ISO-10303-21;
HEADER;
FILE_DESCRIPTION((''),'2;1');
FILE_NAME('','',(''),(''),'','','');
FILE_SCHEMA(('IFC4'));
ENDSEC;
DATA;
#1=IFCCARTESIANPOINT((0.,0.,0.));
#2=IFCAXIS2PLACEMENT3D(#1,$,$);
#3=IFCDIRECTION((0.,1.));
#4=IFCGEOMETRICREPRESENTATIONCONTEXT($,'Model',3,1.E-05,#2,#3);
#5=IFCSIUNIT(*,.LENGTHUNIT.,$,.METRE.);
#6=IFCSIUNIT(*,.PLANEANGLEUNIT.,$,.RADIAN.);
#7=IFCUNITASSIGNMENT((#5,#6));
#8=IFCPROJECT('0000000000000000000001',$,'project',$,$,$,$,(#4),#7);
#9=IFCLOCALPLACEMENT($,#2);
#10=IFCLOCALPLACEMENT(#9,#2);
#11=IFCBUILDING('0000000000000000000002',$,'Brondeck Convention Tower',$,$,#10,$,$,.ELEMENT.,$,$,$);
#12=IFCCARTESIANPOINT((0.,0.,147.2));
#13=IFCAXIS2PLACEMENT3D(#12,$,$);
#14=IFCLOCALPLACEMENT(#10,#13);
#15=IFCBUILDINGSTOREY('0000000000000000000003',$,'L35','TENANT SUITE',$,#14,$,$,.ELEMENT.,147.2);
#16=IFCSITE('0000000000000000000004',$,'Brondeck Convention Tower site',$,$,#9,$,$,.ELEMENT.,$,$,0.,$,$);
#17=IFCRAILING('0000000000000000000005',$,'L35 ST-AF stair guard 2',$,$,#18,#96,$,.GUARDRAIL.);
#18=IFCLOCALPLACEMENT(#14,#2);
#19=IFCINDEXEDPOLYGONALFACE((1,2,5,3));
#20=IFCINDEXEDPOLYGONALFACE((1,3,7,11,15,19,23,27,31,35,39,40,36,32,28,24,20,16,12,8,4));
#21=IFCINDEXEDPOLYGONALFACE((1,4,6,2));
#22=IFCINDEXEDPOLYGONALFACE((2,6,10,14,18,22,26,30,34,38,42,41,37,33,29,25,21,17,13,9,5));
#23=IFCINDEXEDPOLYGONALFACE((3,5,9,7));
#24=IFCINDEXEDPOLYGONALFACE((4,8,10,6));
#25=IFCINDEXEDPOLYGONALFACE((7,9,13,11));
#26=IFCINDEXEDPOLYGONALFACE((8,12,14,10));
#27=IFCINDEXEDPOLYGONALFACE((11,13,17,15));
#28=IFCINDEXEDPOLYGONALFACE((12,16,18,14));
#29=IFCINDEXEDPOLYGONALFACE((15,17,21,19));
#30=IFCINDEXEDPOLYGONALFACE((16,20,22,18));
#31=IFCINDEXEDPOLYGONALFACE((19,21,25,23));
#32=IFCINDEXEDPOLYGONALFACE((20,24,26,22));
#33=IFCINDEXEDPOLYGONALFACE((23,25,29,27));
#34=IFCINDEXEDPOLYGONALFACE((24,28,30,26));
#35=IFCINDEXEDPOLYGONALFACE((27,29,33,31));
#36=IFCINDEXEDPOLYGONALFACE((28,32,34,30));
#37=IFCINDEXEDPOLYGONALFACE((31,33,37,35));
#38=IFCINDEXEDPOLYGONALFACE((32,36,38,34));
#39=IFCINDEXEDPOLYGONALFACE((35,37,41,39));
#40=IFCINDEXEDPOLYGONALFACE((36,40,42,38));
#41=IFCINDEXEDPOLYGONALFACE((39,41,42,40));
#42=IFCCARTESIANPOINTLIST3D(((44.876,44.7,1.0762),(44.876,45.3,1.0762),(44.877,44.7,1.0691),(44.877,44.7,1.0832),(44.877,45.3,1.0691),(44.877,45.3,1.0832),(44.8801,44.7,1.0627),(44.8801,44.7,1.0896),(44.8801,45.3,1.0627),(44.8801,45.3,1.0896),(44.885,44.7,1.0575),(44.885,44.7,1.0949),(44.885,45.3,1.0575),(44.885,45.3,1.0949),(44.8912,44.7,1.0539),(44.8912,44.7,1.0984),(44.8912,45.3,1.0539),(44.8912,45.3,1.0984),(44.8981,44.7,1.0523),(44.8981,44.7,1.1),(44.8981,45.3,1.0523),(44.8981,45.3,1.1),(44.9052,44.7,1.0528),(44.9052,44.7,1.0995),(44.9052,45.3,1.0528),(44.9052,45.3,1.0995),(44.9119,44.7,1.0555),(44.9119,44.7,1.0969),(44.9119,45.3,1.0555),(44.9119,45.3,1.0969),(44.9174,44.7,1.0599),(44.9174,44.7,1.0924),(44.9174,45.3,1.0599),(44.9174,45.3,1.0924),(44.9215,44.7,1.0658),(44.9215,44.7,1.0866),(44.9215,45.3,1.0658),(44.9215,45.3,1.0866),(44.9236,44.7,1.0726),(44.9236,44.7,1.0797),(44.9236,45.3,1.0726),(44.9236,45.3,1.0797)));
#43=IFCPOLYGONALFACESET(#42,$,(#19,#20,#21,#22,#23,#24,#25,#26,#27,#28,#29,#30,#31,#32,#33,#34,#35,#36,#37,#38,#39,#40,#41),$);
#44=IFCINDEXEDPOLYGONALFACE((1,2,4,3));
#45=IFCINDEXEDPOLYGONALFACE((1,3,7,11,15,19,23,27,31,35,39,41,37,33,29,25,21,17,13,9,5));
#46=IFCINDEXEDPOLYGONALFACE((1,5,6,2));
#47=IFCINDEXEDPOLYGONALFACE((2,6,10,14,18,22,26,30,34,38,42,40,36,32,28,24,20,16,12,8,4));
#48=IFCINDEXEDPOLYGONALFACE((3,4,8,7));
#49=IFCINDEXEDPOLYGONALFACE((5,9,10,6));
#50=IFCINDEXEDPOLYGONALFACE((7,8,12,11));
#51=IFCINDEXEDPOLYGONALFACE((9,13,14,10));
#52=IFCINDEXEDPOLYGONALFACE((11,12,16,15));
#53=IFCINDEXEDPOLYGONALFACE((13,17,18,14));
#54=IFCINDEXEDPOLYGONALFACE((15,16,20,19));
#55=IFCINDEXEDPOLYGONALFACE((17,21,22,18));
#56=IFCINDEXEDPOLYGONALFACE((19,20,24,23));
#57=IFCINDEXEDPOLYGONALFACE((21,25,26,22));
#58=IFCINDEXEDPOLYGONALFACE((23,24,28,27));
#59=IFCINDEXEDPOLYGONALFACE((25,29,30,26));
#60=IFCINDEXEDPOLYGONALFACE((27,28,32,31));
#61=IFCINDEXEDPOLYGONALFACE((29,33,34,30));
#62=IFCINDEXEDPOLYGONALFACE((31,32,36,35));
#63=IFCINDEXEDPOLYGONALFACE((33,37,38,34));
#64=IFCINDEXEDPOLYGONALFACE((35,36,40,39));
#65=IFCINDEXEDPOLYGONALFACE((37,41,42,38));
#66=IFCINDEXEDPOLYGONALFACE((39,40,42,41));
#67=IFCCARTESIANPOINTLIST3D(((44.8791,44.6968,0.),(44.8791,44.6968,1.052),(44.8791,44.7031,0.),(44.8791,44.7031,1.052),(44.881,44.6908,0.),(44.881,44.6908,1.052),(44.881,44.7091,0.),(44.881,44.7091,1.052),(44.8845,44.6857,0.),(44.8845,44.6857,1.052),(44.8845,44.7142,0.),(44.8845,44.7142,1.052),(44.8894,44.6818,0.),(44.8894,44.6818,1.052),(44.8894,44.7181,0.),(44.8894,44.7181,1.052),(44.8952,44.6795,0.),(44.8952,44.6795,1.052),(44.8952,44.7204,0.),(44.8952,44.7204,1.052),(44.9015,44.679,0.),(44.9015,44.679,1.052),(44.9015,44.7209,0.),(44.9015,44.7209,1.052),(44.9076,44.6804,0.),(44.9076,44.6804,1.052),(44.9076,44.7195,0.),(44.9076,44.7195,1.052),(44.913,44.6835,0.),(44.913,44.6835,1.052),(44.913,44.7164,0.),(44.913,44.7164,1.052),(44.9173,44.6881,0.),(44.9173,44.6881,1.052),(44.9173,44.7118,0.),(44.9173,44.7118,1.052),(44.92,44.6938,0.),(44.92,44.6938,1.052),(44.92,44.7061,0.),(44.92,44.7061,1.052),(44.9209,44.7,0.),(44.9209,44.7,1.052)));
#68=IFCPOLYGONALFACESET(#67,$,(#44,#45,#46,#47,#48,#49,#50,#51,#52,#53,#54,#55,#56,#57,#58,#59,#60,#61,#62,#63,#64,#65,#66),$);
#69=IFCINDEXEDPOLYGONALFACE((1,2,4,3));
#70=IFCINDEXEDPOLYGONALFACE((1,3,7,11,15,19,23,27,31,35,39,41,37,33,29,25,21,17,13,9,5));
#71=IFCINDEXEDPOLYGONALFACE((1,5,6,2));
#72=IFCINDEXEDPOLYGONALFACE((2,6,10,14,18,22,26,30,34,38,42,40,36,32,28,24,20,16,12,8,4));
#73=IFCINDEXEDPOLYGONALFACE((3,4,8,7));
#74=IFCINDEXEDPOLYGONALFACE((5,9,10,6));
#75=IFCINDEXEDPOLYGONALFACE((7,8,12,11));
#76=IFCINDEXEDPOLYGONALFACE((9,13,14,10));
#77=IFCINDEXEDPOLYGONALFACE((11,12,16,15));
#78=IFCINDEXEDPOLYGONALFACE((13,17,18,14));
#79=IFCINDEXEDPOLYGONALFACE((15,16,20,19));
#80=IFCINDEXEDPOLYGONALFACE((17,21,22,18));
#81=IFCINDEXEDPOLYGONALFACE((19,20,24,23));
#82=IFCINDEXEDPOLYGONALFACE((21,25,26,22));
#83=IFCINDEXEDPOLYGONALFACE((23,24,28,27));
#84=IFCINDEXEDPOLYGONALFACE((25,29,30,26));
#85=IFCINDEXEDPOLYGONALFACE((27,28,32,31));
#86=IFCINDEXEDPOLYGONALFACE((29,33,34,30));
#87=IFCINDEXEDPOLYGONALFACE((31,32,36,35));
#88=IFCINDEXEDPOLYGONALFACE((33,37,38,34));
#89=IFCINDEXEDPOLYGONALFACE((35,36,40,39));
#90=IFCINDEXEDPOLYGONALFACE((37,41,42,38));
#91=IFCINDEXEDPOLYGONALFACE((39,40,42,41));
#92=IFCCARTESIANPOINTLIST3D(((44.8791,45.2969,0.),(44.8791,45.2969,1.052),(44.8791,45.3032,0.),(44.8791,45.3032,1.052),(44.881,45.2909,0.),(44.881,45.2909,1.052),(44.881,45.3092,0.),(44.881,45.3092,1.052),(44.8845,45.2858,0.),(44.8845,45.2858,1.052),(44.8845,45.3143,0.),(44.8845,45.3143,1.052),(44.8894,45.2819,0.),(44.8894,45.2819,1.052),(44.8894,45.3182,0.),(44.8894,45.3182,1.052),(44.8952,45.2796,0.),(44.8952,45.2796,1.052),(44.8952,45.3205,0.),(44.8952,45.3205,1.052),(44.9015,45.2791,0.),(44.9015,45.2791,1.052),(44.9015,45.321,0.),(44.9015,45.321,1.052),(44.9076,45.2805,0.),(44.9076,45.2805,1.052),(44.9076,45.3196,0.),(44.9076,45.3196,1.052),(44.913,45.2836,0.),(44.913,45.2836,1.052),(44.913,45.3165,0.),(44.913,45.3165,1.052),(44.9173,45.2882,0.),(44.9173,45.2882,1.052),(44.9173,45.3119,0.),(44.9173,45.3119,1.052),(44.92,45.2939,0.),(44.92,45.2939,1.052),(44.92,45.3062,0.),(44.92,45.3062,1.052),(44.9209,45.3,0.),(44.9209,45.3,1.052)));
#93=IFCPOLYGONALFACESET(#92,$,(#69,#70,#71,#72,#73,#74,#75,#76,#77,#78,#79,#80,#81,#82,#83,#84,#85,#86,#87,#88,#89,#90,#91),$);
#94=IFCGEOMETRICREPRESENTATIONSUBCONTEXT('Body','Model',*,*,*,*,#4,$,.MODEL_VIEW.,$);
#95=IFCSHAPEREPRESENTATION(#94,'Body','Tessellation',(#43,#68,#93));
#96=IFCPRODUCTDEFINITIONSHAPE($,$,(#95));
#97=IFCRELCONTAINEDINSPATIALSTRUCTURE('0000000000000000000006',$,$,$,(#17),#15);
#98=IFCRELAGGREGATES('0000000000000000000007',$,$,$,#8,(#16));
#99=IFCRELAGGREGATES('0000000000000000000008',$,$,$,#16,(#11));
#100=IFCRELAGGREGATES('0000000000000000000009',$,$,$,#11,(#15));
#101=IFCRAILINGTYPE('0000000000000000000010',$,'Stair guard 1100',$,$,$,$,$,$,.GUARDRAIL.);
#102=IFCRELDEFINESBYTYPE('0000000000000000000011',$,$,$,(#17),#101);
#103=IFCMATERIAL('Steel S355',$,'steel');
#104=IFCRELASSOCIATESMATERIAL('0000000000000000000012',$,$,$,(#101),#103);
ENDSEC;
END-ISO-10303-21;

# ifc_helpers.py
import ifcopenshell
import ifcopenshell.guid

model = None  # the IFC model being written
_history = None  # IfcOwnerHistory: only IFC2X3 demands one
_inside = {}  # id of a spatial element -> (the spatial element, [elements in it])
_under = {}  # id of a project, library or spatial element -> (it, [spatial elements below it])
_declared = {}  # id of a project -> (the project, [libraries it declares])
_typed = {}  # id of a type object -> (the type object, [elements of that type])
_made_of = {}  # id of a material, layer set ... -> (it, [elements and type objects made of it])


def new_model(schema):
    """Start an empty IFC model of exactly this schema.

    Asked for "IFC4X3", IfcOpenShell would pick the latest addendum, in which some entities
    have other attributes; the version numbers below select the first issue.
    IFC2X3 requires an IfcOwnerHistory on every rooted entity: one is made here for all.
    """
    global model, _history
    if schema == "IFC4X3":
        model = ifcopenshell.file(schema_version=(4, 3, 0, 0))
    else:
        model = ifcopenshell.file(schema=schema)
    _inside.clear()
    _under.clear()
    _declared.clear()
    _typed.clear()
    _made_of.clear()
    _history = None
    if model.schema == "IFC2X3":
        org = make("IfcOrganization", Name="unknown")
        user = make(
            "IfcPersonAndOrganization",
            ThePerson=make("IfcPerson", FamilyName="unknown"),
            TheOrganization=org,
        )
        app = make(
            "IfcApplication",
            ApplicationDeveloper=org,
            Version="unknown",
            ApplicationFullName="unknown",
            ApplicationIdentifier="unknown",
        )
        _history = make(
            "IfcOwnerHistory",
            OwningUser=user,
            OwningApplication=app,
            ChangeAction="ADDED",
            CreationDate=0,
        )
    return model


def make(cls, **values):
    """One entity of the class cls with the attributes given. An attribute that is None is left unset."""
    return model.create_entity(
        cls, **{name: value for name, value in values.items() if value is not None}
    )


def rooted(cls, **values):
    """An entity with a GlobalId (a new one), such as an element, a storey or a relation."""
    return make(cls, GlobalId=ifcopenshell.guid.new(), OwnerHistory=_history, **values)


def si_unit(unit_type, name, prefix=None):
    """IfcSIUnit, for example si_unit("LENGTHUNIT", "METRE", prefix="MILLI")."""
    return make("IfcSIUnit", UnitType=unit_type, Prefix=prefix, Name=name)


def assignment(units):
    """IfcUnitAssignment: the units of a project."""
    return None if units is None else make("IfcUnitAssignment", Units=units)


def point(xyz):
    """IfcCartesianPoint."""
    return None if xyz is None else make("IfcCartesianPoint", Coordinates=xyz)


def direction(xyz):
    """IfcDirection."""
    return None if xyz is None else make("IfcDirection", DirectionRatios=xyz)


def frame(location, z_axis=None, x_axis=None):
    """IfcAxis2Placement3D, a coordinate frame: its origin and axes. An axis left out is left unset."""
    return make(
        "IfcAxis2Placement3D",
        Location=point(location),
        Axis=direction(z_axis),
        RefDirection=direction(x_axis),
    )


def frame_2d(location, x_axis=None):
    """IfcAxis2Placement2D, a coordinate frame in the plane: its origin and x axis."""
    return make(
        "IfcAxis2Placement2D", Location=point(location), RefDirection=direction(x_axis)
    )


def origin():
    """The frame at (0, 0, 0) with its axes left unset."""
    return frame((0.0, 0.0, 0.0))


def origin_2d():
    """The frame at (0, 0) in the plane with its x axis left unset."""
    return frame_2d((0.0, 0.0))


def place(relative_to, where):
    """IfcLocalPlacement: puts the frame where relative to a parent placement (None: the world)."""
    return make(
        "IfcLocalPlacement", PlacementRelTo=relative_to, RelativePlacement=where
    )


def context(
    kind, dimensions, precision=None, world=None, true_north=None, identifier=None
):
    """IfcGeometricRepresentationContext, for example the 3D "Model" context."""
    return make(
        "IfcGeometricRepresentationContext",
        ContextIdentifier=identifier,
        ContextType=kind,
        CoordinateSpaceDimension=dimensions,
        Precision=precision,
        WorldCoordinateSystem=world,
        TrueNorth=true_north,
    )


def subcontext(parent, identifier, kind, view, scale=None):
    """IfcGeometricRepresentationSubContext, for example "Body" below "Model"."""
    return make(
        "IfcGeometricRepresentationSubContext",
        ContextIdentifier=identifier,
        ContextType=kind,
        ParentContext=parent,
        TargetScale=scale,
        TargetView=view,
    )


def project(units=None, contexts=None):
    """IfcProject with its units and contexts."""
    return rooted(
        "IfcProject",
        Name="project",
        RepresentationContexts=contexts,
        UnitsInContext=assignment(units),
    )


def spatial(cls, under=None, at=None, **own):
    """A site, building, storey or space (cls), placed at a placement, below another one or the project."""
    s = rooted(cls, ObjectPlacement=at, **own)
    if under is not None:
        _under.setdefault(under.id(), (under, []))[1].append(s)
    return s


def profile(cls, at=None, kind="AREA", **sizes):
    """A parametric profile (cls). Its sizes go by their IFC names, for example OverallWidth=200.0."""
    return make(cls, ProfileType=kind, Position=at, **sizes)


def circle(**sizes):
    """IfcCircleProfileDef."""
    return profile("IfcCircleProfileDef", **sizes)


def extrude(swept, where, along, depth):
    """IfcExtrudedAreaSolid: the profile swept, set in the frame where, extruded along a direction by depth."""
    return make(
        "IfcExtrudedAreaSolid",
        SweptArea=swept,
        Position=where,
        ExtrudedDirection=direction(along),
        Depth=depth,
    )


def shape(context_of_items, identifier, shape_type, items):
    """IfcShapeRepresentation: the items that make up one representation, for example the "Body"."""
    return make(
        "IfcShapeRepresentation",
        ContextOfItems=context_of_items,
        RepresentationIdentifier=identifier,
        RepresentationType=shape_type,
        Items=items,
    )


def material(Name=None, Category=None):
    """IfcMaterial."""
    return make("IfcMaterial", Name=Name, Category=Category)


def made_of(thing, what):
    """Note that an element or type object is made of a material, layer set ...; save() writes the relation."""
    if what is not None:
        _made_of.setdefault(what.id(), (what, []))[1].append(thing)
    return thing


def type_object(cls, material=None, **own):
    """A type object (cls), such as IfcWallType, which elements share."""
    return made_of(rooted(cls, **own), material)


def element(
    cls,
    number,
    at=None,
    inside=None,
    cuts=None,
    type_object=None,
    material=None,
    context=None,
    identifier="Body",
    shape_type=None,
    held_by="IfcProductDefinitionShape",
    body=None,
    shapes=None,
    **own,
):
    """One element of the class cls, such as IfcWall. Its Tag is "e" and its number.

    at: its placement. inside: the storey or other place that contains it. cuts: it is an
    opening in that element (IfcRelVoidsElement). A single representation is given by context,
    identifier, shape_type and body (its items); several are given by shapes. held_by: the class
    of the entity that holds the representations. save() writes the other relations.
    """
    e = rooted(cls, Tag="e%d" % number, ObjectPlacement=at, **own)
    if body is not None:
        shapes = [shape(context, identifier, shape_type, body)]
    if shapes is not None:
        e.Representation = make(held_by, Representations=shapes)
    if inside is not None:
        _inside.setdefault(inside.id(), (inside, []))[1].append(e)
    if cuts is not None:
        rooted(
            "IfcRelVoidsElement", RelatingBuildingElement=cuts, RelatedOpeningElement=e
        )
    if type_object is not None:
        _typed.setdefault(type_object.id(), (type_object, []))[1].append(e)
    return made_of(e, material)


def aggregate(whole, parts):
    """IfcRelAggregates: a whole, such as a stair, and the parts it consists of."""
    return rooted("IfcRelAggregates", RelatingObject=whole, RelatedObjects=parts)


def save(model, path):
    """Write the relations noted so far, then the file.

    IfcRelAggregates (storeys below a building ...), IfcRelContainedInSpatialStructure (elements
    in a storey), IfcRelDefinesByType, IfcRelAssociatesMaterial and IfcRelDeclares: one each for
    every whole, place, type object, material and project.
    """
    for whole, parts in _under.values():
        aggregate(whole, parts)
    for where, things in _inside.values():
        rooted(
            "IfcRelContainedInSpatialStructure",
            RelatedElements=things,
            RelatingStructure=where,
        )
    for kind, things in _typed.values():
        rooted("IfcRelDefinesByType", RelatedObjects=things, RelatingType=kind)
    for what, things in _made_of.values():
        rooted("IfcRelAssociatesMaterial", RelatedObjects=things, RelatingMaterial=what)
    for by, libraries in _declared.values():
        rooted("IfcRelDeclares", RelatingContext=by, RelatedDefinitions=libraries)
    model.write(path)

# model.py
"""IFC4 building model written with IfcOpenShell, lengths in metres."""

from ifc_helpers import new_model, si_unit, direction, frame, origin, origin_2d, place, context, subcontext, project, spatial, circle, extrude, material, type_object, element, save


model = new_model("IFC4")

# Units and contexts
model_context = context("Model", 3, precision=1e-05, world=origin(), true_north=direction((0.0, 1.0)))
body_context = subcontext(model_context, "Body", "Model", "MODEL_VIEW")
ifc_project = project(units=[si_unit("LENGTHUNIT", "METRE"), si_unit("PLANEANGLEUNIT", "RADIAN")], contexts=[model_context])

# Site, building, storey
site_placement = place(None, origin())
site = spatial("IfcSite", under=ifc_project, at=site_placement, Name="Brondeck Convention Tower site", CompositionType="ELEMENT", RefElevation=0.0)
building_placement = place(site_placement, origin())
building = spatial("IfcBuilding", under=site, at=building_placement, Name="Brondeck Convention Tower", CompositionType="ELEMENT")
storey_placement = place(building_placement, frame((0.0, 0.0, 147.2)))
storey = spatial("IfcBuildingStorey", under=building, at=storey_placement, Name="L35", Description="TENANT SUITE", CompositionType="ELEMENT", Elevation=147.2)

# Shared definitions
ifc_material_1 = material(Name="Steel S355", Category="steel")

# Railing
railing_type_1 = type_object("IfcRailingType", Name="Stair guard 1100", PredefinedType="GUARDRAIL", material=ifc_material_1)
railing_1_placement = place(storey_placement, frame((44.8999, 44.7, 0.0)))
element("IfcRailing", 1, at=railing_1_placement, inside=storey, type_object=railing_type_1, Name="L35 ST-AF stair guard 2", PredefinedType="GUARDRAIL", context=body_context, shape_type="SweptSolid", body=[
    extrude(circle(Radius=0.0239, at=origin_2d()), frame((0.0, 0.0, 1.0762), z_axis=(0.0, 1.0, 0.0), x_axis=(-1.0, 0.0, 0.0)), (0.0, 0.0, 1.0), 0.6001),
    extrude(circle(Radius=0.021, at=origin_2d()), origin(), (0.0, 0.0, 1.0), 1.052),
    extrude(circle(Radius=0.021, at=origin_2d()), frame((0.0, 0.6001, 0.0)), (0.0, 0.0, 1.0), 1.052),
])

save(model, "model.ifc")
